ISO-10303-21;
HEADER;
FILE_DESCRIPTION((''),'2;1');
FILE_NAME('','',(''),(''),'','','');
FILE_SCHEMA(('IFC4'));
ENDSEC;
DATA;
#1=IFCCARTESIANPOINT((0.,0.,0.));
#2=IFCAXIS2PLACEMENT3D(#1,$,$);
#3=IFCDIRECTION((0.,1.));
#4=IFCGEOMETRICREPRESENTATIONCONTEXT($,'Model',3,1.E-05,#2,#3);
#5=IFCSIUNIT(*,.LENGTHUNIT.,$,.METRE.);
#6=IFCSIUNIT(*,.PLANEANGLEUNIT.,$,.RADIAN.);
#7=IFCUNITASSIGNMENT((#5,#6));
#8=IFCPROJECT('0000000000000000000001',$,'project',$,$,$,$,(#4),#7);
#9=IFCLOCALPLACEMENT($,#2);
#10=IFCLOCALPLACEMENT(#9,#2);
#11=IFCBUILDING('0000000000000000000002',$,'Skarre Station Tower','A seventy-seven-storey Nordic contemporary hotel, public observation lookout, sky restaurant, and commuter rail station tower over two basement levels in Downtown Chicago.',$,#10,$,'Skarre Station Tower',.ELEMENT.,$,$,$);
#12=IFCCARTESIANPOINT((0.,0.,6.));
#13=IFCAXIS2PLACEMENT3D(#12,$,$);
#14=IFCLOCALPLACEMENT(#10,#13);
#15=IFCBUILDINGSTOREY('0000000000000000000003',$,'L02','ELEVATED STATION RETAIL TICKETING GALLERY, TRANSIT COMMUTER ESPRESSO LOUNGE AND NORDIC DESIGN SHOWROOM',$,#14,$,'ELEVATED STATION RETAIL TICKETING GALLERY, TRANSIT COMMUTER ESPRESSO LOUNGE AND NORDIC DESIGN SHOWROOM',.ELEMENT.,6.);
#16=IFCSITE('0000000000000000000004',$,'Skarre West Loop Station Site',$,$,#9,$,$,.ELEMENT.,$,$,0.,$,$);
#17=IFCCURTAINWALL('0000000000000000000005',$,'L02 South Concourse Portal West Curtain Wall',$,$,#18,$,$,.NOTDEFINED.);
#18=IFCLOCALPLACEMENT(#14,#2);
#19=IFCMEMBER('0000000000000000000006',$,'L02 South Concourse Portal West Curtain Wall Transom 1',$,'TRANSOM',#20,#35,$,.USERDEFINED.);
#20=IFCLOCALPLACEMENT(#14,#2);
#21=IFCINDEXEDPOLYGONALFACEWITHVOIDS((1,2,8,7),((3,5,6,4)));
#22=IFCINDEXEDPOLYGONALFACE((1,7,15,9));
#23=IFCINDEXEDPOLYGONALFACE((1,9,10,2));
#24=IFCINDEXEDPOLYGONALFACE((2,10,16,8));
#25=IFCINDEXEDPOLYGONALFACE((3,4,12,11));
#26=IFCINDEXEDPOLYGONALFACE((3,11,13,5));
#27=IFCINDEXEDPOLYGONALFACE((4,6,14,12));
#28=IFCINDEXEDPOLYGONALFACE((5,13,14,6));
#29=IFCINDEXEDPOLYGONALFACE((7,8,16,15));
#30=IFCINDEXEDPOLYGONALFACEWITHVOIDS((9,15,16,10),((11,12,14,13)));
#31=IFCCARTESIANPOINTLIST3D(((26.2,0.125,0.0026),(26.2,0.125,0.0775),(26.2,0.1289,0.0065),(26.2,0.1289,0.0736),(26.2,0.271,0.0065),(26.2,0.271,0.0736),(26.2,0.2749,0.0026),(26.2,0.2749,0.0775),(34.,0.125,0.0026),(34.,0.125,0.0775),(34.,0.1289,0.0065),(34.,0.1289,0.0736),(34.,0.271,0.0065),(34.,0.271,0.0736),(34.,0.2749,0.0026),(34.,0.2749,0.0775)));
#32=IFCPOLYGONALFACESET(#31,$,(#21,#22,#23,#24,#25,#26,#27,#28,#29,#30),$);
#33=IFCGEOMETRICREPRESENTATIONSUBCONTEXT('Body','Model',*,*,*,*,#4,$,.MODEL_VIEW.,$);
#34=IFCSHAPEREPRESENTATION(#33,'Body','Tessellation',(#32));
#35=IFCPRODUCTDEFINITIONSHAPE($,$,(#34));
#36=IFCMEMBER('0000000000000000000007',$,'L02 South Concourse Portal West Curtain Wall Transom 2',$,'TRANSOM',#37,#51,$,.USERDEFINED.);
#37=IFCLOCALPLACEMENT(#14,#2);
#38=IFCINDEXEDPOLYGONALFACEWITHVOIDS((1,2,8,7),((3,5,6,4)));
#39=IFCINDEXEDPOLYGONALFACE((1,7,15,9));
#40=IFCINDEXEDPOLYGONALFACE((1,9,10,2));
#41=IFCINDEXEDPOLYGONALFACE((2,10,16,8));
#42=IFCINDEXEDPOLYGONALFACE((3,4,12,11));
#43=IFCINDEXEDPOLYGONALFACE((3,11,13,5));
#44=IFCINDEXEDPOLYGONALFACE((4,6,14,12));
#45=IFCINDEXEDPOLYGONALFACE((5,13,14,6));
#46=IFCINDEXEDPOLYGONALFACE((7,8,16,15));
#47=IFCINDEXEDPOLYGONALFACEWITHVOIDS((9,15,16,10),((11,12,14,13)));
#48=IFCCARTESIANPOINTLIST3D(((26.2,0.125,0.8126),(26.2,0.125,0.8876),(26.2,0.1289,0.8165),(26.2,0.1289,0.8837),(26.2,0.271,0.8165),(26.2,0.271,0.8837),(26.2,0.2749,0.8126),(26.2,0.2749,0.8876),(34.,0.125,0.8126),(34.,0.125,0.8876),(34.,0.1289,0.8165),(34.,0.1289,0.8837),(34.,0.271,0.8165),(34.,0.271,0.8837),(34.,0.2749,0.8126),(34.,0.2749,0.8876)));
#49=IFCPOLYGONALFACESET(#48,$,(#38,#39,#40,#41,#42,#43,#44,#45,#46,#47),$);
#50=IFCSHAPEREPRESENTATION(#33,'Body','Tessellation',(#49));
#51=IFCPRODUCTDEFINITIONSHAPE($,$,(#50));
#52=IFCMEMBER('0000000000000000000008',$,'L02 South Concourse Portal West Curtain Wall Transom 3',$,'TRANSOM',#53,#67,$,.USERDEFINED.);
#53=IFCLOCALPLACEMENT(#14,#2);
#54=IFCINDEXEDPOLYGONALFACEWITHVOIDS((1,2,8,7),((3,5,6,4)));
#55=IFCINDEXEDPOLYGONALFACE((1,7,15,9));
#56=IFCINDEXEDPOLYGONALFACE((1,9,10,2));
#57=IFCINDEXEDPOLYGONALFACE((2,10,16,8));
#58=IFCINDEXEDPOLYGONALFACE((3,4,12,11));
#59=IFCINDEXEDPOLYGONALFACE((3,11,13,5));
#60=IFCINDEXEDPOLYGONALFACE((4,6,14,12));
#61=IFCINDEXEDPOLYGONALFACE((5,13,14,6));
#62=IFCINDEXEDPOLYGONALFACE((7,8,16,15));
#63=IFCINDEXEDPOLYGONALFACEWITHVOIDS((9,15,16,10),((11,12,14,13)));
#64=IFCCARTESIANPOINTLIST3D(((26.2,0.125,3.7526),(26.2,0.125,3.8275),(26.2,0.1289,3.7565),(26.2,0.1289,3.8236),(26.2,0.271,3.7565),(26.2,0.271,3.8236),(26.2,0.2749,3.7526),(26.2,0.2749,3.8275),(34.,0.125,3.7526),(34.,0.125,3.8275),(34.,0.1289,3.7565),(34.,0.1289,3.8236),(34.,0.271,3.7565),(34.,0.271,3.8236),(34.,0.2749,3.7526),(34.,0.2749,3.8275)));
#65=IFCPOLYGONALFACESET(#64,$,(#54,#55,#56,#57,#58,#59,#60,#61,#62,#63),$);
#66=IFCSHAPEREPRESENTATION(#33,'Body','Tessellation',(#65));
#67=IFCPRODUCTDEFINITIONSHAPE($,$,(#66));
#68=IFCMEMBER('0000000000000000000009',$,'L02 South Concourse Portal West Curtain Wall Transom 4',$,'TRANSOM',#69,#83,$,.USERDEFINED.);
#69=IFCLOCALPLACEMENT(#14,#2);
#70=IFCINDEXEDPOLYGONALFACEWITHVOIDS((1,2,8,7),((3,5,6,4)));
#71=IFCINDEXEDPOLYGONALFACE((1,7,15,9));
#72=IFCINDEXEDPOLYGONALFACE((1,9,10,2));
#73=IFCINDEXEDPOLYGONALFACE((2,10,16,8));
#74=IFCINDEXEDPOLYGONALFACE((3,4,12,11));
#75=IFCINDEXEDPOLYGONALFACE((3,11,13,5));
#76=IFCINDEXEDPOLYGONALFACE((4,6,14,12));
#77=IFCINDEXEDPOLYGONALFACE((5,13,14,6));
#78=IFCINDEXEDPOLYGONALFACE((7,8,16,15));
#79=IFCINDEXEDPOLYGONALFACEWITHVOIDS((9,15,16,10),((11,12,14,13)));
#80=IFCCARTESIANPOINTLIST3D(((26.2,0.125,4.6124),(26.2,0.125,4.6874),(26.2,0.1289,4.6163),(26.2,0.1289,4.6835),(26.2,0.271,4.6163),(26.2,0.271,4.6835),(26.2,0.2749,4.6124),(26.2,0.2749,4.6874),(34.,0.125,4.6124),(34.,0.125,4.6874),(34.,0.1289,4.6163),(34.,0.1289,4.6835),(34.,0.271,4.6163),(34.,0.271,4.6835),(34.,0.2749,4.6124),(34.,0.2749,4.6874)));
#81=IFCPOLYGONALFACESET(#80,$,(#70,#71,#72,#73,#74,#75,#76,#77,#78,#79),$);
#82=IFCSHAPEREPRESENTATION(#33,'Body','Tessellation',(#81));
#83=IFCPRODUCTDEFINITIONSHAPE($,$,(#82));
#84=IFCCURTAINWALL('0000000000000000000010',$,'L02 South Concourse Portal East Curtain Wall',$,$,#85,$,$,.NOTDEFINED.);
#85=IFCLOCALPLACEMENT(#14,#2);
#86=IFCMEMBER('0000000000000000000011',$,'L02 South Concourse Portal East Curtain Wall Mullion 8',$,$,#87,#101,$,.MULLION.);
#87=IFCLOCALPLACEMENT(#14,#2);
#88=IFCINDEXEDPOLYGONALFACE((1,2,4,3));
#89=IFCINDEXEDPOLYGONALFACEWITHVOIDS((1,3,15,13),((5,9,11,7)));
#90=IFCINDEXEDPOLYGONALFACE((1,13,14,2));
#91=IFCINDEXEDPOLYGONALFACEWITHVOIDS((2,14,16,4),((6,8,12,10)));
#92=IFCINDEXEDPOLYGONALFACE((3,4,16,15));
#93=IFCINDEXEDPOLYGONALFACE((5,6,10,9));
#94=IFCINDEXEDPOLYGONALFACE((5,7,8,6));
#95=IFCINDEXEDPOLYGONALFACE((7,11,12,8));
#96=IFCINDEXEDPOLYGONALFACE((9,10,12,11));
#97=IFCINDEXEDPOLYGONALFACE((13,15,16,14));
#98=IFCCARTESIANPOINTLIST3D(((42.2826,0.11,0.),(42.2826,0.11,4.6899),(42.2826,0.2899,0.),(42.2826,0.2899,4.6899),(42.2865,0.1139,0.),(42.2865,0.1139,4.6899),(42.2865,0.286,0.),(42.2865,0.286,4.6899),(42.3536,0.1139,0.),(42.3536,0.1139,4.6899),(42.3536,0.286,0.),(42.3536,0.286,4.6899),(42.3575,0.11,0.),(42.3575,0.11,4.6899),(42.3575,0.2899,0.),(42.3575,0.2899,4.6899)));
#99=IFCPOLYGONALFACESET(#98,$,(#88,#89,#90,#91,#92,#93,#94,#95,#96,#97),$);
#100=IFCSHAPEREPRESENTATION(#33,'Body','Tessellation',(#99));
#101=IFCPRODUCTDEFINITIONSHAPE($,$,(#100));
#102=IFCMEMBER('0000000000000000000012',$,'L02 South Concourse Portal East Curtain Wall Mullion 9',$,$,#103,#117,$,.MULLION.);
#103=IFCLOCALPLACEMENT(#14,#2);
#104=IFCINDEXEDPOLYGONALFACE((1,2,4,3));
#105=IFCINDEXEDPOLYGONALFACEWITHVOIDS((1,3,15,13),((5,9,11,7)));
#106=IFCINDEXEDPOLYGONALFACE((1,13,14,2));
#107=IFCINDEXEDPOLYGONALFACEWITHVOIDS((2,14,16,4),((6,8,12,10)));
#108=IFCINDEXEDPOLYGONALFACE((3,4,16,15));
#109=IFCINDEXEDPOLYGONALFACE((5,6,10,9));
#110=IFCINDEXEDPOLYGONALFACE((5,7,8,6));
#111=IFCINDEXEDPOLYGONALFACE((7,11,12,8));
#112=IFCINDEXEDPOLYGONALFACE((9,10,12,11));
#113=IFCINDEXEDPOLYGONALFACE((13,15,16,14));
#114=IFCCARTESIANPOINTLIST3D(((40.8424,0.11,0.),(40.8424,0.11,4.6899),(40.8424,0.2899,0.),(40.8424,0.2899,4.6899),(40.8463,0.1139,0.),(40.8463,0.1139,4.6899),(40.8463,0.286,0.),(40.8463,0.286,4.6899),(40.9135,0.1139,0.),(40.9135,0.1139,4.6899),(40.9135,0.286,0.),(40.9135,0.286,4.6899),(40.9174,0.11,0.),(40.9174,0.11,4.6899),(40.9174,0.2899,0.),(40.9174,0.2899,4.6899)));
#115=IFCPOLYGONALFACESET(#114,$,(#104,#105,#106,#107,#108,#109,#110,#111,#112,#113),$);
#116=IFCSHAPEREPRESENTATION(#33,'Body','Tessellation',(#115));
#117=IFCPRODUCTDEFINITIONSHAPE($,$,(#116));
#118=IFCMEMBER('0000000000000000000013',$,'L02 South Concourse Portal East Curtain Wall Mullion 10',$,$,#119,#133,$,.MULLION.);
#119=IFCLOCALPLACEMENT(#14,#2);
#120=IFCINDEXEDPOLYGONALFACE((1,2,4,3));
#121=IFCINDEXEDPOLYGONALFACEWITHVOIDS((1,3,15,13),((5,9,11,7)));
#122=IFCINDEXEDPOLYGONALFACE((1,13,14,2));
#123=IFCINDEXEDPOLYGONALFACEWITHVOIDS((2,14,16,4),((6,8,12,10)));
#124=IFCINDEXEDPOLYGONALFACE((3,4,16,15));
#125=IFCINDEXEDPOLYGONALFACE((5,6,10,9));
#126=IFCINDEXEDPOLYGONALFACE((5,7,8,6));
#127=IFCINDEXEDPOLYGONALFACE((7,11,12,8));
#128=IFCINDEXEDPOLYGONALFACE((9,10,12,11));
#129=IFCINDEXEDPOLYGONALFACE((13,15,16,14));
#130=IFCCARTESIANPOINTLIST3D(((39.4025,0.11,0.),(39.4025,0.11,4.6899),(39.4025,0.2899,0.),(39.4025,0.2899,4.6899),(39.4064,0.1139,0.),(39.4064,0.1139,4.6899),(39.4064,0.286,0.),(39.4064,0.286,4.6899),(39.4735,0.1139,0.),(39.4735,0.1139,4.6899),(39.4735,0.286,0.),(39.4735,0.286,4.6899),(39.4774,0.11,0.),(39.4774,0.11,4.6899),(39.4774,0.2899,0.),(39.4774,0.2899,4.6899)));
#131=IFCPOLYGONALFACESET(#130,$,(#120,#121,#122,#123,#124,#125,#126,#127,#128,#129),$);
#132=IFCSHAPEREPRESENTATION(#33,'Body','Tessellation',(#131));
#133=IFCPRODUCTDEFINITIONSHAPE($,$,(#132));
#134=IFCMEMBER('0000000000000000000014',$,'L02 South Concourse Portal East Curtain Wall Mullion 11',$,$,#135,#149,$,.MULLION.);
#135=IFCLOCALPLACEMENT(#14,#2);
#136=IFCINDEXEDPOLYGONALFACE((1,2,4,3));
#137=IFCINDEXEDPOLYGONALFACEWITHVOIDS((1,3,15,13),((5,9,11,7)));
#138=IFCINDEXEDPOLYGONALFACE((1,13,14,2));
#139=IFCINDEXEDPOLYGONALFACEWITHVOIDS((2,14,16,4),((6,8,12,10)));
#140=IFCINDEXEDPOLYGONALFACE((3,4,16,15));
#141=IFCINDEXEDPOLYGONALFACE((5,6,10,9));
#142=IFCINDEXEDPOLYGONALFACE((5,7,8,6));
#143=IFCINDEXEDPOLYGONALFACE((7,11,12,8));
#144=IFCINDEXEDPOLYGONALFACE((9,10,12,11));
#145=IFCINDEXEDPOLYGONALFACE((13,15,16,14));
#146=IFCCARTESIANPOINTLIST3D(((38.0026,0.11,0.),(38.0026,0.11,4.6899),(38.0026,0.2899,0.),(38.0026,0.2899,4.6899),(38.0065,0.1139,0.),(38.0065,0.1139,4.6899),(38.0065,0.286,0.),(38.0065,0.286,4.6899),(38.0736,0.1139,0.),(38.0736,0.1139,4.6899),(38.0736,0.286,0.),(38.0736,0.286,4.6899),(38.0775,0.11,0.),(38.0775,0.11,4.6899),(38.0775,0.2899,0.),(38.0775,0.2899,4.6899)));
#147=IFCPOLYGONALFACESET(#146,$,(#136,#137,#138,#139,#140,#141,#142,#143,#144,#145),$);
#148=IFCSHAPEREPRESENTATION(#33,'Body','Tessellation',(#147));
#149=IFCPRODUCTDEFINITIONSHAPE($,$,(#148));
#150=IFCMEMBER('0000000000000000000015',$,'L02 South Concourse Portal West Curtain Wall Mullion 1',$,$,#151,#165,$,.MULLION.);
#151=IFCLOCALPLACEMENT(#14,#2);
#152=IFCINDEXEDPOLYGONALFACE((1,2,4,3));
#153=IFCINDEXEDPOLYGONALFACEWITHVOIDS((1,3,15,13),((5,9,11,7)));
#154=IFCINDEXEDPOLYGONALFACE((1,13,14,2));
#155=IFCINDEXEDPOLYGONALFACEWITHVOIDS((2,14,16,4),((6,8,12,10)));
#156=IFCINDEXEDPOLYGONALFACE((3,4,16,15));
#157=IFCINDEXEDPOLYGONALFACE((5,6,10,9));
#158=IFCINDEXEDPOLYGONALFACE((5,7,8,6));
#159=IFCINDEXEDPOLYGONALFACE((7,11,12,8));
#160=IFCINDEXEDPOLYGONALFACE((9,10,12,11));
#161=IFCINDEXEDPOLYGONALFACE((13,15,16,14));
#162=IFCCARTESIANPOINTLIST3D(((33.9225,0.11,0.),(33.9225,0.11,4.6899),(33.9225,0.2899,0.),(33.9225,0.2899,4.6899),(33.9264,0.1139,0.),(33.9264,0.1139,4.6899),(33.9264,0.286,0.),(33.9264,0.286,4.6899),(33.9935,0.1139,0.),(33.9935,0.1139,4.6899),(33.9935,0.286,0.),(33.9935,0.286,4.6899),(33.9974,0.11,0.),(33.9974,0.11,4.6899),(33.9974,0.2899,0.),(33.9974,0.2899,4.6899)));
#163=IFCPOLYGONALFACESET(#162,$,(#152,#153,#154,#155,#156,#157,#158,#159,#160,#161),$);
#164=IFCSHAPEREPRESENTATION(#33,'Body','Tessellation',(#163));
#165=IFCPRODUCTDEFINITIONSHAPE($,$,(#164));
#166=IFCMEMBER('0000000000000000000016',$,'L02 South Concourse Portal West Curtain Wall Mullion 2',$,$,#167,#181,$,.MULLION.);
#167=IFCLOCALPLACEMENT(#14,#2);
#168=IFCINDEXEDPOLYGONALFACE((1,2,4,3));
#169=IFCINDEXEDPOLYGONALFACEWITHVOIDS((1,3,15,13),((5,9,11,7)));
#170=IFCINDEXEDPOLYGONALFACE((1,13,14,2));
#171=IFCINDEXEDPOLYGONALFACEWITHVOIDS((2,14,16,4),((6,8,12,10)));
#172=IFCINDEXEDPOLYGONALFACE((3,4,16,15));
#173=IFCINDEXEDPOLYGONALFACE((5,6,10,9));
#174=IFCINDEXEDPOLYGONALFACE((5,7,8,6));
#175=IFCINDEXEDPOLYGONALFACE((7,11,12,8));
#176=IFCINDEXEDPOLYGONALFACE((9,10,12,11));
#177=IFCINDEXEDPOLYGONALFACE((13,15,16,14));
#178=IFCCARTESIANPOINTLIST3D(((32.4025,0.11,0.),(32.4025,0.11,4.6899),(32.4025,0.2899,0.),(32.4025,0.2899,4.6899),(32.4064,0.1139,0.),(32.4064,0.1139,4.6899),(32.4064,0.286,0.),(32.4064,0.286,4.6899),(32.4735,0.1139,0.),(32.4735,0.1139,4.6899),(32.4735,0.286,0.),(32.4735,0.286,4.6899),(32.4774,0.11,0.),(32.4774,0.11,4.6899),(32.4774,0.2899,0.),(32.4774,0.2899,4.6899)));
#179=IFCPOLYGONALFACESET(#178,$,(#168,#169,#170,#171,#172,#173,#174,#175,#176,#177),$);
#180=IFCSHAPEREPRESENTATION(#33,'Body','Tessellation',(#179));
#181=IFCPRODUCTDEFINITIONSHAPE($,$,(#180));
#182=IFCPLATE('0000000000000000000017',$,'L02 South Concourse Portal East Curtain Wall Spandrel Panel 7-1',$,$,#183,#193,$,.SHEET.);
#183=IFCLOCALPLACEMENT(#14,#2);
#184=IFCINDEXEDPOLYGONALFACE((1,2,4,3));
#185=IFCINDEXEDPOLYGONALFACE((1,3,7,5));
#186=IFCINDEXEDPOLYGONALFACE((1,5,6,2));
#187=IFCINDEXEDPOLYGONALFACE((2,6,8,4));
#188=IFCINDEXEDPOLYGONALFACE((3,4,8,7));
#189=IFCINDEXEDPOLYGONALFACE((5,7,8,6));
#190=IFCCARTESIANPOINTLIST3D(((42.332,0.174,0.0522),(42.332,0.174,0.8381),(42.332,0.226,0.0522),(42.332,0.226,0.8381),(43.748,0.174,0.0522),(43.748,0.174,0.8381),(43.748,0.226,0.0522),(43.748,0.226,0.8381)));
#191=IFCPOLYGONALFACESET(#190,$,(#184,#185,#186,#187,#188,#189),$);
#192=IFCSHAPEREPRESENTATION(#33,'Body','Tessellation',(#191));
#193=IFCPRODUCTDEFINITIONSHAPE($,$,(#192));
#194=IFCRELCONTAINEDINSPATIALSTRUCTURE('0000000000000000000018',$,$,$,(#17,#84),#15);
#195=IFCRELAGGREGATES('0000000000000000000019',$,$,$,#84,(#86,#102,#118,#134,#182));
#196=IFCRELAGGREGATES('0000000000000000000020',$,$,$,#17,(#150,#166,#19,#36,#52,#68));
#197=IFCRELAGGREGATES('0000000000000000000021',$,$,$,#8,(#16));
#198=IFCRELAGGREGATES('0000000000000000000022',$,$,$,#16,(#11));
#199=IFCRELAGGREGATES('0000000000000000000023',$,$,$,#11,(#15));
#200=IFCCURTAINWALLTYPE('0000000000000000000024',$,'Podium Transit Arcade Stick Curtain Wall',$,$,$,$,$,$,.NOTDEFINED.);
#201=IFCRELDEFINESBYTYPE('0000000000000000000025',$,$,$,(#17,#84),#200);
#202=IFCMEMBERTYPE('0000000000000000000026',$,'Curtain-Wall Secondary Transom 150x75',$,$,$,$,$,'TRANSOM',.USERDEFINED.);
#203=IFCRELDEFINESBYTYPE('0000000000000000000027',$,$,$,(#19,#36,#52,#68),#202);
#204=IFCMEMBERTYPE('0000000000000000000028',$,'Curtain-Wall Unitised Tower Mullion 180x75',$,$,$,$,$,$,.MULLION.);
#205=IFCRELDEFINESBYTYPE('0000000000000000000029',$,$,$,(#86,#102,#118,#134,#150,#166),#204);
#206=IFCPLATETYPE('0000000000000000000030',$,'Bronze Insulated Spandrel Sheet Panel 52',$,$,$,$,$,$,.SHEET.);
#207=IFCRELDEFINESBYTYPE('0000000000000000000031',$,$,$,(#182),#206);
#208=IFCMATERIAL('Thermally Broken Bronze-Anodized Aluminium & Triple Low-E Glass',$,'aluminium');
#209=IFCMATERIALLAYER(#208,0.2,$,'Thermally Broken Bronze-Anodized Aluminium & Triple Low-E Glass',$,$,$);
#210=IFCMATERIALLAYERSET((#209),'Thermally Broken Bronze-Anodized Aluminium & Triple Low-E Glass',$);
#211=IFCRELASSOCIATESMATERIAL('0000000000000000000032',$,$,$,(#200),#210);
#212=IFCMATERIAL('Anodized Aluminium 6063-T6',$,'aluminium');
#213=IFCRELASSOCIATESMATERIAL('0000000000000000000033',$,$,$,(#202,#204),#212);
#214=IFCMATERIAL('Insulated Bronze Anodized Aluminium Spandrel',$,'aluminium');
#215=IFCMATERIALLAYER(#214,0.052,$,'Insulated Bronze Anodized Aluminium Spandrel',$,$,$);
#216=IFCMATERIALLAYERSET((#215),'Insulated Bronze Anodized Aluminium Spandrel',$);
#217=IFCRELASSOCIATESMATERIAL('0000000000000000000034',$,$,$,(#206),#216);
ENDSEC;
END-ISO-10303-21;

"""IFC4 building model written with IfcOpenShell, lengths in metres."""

from ifc_helpers import new_model, si_unit, direction, frame, origin, origin_2d, place, context, subcontext, project, spatial, rectangle, hollow_rectangle, extrude, material, layer, layer_set, material_profile, profile_set, type_object, element, aggregate, save


model = new_model("IFC4")

# Units and contexts
model_context = context("Model", 3, precision=1e-05, world=origin(), true_north=direction((0.0, 1.0)))
body_context = subcontext(model_context, "Body", "Model", "MODEL_VIEW")
ifc_project = project(units=[si_unit("LENGTHUNIT", "METRE"), si_unit("PLANEANGLEUNIT", "RADIAN")], contexts=[model_context])

# Site, building, storey
site_placement = place(None, origin())
site = spatial("IfcSite", under=ifc_project, at=site_placement, Name="Skarre West Loop Station Site", CompositionType="ELEMENT", RefElevation=0.0)
building_placement = place(site_placement, origin())
building = spatial("IfcBuilding", under=site, at=building_placement, Name="Skarre Station Tower", Description="A seventy-seven-storey Nordic contemporary hotel, public observation lookout, sky restaurant, and commuter rail station tower over two basement levels in Downtown Chicago.", LongName="Skarre Station Tower", CompositionType="ELEMENT")
storey_placement = place(building_placement, frame((0.0, 0.0, 6.0)))
storey = spatial("IfcBuildingStorey", under=building, at=storey_placement, Name="L02", Description="ELEVATED STATION RETAIL TICKETING GALLERY, TRANSIT COMMUTER ESPRESSO LOUNGE AND NORDIC DESIGN SHOWROOM", LongName="ELEVATED STATION RETAIL TICKETING GALLERY, TRANSIT COMMUTER ESPRESSO LOUNGE AND NORDIC DESIGN SHOWROOM", CompositionType="ELEMENT", Elevation=6.0)

# Curtain walls, members
ifc_material_1 = material(Name="Thermally Broken Bronze-Anodized Aluminium & Triple Low-E Glass", Category="aluminium")
ifc_layer_1 = layer(ifc_material_1, 0.2, Name="Thermally Broken Bronze-Anodized Aluminium & Triple Low-E Glass")
ifc_layer_set_1 = layer_set([ifc_layer_1], Name="Thermally Broken Bronze-Anodized Aluminium & Triple Low-E Glass")
curtain_wall_type = type_object("IfcCurtainWallType", Name="Podium Transit Arcade Stick Curtain Wall", PredefinedType="NOTDEFINED", material=ifc_layer_set_1)
curtain_wall_1_placement = place(storey_placement, origin())
curtain_wall_1 = element("IfcCurtainWall", 1, at=curtain_wall_1_placement, inside=storey, type_object=curtain_wall_type, Name="L02 South Concourse Portal West Curtain Wall", PredefinedType="NOTDEFINED")
ifc_material_2 = material(Name="Anodized Aluminium 6063-T6", Category="aluminium")
ifc_material_profile_1 = material_profile(ifc_material_2, hollow_rectangle(XDim=0.075, YDim=0.1499, WallThickness=0.0039, at=origin_2d()), Name="Anodized Aluminium 6063-T6")
ifc_profile_set_1 = profile_set([ifc_material_profile_1], Name="Anodized Aluminium 6063-T6")
member_type_1 = type_object("IfcMemberType", Name="Curtain-Wall Secondary Transom 150x75", ElementType="TRANSOM", PredefinedType="USERDEFINED", material=ifc_profile_set_1)
member_1_placement = place(storey_placement, frame((34.0, 0.2, 0.04), z_axis=(-1.0, 0.0, 0.0), x_axis=(0.0, 0.0, 1.0)))
member_1 = element("IfcMember", 2, at=member_1_placement, type_object=member_type_1, Name="L02 South Concourse Portal West Curtain Wall Transom 1", ObjectType="TRANSOM", PredefinedType="USERDEFINED", context=body_context, shape_type="SweptSolid", body=[
    extrude(hollow_rectangle(XDim=0.075, YDim=0.1499, WallThickness=0.0039, at=origin_2d()), origin(), (0.0, 0.0, 1.0), 7.8),
])
member_2_placement = place(storey_placement, frame((34.0, 0.2, 0.8501), z_axis=(-1.0, 0.0, 0.0), x_axis=(0.0, 0.0, 1.0)))
member_2 = element("IfcMember", 3, at=member_2_placement, type_object=member_type_1, Name="L02 South Concourse Portal West Curtain Wall Transom 2", ObjectType="TRANSOM", PredefinedType="USERDEFINED", context=body_context, shape_type="SweptSolid", body=[
    extrude(hollow_rectangle(XDim=0.075, YDim=0.1499, WallThickness=0.0039, at=origin_2d()), origin(), (0.0, 0.0, 1.0), 7.8),
])
member_3_placement = place(storey_placement, frame((34.0, 0.2, 3.79), z_axis=(-1.0, 0.0, 0.0), x_axis=(0.0, 0.0, 1.0)))
member_3 = element("IfcMember", 4, at=member_3_placement, type_object=member_type_1, Name="L02 South Concourse Portal West Curtain Wall Transom 3", ObjectType="TRANSOM", PredefinedType="USERDEFINED", context=body_context, shape_type="SweptSolid", body=[
    extrude(hollow_rectangle(XDim=0.075, YDim=0.1499, WallThickness=0.0039, at=origin_2d()), origin(), (0.0, 0.0, 1.0), 7.8),
])
member_4_placement = place(storey_placement, frame((34.0, 0.2, 4.6499), z_axis=(-1.0, 0.0, 0.0), x_axis=(0.0, 0.0, 1.0)))
member_4 = element("IfcMember", 5, at=member_4_placement, type_object=member_type_1, Name="L02 South Concourse Portal West Curtain Wall Transom 4", ObjectType="TRANSOM", PredefinedType="USERDEFINED", context=body_context, shape_type="SweptSolid", body=[
    extrude(hollow_rectangle(XDim=0.075, YDim=0.1499, WallThickness=0.0039, at=origin_2d()), origin(), (0.0, 0.0, 1.0), 7.8),
])
curtain_wall_2_placement = place(storey_placement, origin())
curtain_wall_2 = element("IfcCurtainWall", 6, at=curtain_wall_2_placement, inside=storey, type_object=curtain_wall_type, Name="L02 South Concourse Portal East Curtain Wall", PredefinedType="NOTDEFINED")
ifc_material_profile_2 = material_profile(ifc_material_2, hollow_rectangle(XDim=0.075, YDim=0.1799, WallThickness=0.0039, at=origin_2d()), Name="Anodized Aluminium 6063-T6")
ifc_profile_set_2 = profile_set([ifc_material_profile_2], Name="Anodized Aluminium 6063-T6")
member_type_2 = type_object("IfcMemberType", Name="Curtain-Wall Unitised Tower Mullion 180x75", PredefinedType="MULLION", material=ifc_profile_set_2)
member_5_placement = place(storey_placement, frame((42.3201, 0.2, 0.0), z_axis=(0.0, 0.0, 1.0), x_axis=(-1.0, 0.0, 0.0)))
member_5 = element("IfcMember", 7, at=member_5_placement, type_object=member_type_2, Name="L02 South Concourse Portal East Curtain Wall Mullion 8", PredefinedType="MULLION", context=body_context, shape_type="SweptSolid", body=[
    extrude(hollow_rectangle(XDim=0.075, YDim=0.1799, WallThickness=0.0039, at=origin_2d()), origin(), (0.0, 0.0, 1.0), 4.6899),
])
member_6_placement = place(storey_placement, frame((40.8799, 0.2, 0.0), z_axis=(0.0, 0.0, 1.0), x_axis=(-1.0, 0.0, 0.0)))
member_6 = element("IfcMember", 8, at=member_6_placement, type_object=member_type_2, Name="L02 South Concourse Portal East Curtain Wall Mullion 9", PredefinedType="MULLION", context=body_context, shape_type="SweptSolid", body=[
    extrude(hollow_rectangle(XDim=0.075, YDim=0.1799, WallThickness=0.0039, at=origin_2d()), origin(), (0.0, 0.0, 1.0), 4.6899),
])
member_7_placement = place(storey_placement, frame((39.4399, 0.2, 0.0), z_axis=(0.0, 0.0, 1.0), x_axis=(-1.0, 0.0, 0.0)))
member_7 = element("IfcMember", 9, at=member_7_placement, type_object=member_type_2, Name="L02 South Concourse Portal East Curtain Wall Mullion 10", PredefinedType="MULLION", context=body_context, shape_type="SweptSolid", body=[
    extrude(hollow_rectangle(XDim=0.075, YDim=0.1799, WallThickness=0.0039, at=origin_2d()), origin(), (0.0, 0.0, 1.0), 4.6899),
])
member_8_placement = place(storey_placement, frame((38.04, 0.2, 0.0), z_axis=(0.0, 0.0, 1.0), x_axis=(-1.0, 0.0, 0.0)))
member_8 = element("IfcMember", 10, at=member_8_placement, type_object=member_type_2, Name="L02 South Concourse Portal East Curtain Wall Mullion 11", PredefinedType="MULLION", context=body_context, shape_type="SweptSolid", body=[
    extrude(hollow_rectangle(XDim=0.075, YDim=0.1799, WallThickness=0.0039, at=origin_2d()), origin(), (0.0, 0.0, 1.0), 4.6899),
])

# Members
member_9_placement = place(storey_placement, frame((33.96, 0.2, 0.0), z_axis=(0.0, 0.0, 1.0), x_axis=(-1.0, 0.0, 0.0)))
member_9 = element("IfcMember", 11, at=member_9_placement, type_object=member_type_2, Name="L02 South Concourse Portal West Curtain Wall Mullion 1", PredefinedType="MULLION", context=body_context, shape_type="SweptSolid", body=[
    extrude(hollow_rectangle(XDim=0.075, YDim=0.1799, WallThickness=0.0039, at=origin_2d()), origin(), (0.0, 0.0, 1.0), 4.6899),
])
member_10_placement = place(storey_placement, frame((32.4399, 0.2, 0.0), z_axis=(0.0, 0.0, 1.0), x_axis=(-1.0, 0.0, 0.0)))
member_10 = element("IfcMember", 12, at=member_10_placement, type_object=member_type_2, Name="L02 South Concourse Portal West Curtain Wall Mullion 2", PredefinedType="MULLION", context=body_context, shape_type="SweptSolid", body=[
    extrude(hollow_rectangle(XDim=0.075, YDim=0.1799, WallThickness=0.0039, at=origin_2d()), origin(), (0.0, 0.0, 1.0), 4.6899),
])

# Plate
ifc_material_3 = material(Name="Insulated Bronze Anodized Aluminium Spandrel", Category="aluminium")
ifc_layer_2 = layer(ifc_material_3, 0.052, Name="Insulated Bronze Anodized Aluminium Spandrel")
ifc_layer_set_2 = layer_set([ifc_layer_2], Name="Insulated Bronze Anodized Aluminium Spandrel")
plate_type_1 = type_object("IfcPlateType", Name="Bronze Insulated Spandrel Sheet Panel 52", PredefinedType="SHEET", material=ifc_layer_set_2)
plate_1_placement = place(storey_placement, frame((43.04, 0.2, 0.0522), z_axis=(0.0, 0.0, 1.0), x_axis=(-1.0, 0.0, 0.0)))
plate_1 = element("IfcPlate", 13, at=plate_1_placement, type_object=plate_type_1, Name="L02 South Concourse Portal East Curtain Wall Spandrel Panel 7-1", PredefinedType="SHEET", context=body_context, shape_type="SweptSolid", body=[
    extrude(rectangle(XDim=1.416, YDim=0.052, at=origin_2d()), origin(), (0.0, 0.0, 1.0), 0.7859),
])
aggregate(curtain_wall_2, [member_5, member_6, member_7, member_8, plate_1])
aggregate(curtain_wall_1, [member_9, member_10, member_1, member_2, member_3, member_4])

save(model, "model.ifc")
